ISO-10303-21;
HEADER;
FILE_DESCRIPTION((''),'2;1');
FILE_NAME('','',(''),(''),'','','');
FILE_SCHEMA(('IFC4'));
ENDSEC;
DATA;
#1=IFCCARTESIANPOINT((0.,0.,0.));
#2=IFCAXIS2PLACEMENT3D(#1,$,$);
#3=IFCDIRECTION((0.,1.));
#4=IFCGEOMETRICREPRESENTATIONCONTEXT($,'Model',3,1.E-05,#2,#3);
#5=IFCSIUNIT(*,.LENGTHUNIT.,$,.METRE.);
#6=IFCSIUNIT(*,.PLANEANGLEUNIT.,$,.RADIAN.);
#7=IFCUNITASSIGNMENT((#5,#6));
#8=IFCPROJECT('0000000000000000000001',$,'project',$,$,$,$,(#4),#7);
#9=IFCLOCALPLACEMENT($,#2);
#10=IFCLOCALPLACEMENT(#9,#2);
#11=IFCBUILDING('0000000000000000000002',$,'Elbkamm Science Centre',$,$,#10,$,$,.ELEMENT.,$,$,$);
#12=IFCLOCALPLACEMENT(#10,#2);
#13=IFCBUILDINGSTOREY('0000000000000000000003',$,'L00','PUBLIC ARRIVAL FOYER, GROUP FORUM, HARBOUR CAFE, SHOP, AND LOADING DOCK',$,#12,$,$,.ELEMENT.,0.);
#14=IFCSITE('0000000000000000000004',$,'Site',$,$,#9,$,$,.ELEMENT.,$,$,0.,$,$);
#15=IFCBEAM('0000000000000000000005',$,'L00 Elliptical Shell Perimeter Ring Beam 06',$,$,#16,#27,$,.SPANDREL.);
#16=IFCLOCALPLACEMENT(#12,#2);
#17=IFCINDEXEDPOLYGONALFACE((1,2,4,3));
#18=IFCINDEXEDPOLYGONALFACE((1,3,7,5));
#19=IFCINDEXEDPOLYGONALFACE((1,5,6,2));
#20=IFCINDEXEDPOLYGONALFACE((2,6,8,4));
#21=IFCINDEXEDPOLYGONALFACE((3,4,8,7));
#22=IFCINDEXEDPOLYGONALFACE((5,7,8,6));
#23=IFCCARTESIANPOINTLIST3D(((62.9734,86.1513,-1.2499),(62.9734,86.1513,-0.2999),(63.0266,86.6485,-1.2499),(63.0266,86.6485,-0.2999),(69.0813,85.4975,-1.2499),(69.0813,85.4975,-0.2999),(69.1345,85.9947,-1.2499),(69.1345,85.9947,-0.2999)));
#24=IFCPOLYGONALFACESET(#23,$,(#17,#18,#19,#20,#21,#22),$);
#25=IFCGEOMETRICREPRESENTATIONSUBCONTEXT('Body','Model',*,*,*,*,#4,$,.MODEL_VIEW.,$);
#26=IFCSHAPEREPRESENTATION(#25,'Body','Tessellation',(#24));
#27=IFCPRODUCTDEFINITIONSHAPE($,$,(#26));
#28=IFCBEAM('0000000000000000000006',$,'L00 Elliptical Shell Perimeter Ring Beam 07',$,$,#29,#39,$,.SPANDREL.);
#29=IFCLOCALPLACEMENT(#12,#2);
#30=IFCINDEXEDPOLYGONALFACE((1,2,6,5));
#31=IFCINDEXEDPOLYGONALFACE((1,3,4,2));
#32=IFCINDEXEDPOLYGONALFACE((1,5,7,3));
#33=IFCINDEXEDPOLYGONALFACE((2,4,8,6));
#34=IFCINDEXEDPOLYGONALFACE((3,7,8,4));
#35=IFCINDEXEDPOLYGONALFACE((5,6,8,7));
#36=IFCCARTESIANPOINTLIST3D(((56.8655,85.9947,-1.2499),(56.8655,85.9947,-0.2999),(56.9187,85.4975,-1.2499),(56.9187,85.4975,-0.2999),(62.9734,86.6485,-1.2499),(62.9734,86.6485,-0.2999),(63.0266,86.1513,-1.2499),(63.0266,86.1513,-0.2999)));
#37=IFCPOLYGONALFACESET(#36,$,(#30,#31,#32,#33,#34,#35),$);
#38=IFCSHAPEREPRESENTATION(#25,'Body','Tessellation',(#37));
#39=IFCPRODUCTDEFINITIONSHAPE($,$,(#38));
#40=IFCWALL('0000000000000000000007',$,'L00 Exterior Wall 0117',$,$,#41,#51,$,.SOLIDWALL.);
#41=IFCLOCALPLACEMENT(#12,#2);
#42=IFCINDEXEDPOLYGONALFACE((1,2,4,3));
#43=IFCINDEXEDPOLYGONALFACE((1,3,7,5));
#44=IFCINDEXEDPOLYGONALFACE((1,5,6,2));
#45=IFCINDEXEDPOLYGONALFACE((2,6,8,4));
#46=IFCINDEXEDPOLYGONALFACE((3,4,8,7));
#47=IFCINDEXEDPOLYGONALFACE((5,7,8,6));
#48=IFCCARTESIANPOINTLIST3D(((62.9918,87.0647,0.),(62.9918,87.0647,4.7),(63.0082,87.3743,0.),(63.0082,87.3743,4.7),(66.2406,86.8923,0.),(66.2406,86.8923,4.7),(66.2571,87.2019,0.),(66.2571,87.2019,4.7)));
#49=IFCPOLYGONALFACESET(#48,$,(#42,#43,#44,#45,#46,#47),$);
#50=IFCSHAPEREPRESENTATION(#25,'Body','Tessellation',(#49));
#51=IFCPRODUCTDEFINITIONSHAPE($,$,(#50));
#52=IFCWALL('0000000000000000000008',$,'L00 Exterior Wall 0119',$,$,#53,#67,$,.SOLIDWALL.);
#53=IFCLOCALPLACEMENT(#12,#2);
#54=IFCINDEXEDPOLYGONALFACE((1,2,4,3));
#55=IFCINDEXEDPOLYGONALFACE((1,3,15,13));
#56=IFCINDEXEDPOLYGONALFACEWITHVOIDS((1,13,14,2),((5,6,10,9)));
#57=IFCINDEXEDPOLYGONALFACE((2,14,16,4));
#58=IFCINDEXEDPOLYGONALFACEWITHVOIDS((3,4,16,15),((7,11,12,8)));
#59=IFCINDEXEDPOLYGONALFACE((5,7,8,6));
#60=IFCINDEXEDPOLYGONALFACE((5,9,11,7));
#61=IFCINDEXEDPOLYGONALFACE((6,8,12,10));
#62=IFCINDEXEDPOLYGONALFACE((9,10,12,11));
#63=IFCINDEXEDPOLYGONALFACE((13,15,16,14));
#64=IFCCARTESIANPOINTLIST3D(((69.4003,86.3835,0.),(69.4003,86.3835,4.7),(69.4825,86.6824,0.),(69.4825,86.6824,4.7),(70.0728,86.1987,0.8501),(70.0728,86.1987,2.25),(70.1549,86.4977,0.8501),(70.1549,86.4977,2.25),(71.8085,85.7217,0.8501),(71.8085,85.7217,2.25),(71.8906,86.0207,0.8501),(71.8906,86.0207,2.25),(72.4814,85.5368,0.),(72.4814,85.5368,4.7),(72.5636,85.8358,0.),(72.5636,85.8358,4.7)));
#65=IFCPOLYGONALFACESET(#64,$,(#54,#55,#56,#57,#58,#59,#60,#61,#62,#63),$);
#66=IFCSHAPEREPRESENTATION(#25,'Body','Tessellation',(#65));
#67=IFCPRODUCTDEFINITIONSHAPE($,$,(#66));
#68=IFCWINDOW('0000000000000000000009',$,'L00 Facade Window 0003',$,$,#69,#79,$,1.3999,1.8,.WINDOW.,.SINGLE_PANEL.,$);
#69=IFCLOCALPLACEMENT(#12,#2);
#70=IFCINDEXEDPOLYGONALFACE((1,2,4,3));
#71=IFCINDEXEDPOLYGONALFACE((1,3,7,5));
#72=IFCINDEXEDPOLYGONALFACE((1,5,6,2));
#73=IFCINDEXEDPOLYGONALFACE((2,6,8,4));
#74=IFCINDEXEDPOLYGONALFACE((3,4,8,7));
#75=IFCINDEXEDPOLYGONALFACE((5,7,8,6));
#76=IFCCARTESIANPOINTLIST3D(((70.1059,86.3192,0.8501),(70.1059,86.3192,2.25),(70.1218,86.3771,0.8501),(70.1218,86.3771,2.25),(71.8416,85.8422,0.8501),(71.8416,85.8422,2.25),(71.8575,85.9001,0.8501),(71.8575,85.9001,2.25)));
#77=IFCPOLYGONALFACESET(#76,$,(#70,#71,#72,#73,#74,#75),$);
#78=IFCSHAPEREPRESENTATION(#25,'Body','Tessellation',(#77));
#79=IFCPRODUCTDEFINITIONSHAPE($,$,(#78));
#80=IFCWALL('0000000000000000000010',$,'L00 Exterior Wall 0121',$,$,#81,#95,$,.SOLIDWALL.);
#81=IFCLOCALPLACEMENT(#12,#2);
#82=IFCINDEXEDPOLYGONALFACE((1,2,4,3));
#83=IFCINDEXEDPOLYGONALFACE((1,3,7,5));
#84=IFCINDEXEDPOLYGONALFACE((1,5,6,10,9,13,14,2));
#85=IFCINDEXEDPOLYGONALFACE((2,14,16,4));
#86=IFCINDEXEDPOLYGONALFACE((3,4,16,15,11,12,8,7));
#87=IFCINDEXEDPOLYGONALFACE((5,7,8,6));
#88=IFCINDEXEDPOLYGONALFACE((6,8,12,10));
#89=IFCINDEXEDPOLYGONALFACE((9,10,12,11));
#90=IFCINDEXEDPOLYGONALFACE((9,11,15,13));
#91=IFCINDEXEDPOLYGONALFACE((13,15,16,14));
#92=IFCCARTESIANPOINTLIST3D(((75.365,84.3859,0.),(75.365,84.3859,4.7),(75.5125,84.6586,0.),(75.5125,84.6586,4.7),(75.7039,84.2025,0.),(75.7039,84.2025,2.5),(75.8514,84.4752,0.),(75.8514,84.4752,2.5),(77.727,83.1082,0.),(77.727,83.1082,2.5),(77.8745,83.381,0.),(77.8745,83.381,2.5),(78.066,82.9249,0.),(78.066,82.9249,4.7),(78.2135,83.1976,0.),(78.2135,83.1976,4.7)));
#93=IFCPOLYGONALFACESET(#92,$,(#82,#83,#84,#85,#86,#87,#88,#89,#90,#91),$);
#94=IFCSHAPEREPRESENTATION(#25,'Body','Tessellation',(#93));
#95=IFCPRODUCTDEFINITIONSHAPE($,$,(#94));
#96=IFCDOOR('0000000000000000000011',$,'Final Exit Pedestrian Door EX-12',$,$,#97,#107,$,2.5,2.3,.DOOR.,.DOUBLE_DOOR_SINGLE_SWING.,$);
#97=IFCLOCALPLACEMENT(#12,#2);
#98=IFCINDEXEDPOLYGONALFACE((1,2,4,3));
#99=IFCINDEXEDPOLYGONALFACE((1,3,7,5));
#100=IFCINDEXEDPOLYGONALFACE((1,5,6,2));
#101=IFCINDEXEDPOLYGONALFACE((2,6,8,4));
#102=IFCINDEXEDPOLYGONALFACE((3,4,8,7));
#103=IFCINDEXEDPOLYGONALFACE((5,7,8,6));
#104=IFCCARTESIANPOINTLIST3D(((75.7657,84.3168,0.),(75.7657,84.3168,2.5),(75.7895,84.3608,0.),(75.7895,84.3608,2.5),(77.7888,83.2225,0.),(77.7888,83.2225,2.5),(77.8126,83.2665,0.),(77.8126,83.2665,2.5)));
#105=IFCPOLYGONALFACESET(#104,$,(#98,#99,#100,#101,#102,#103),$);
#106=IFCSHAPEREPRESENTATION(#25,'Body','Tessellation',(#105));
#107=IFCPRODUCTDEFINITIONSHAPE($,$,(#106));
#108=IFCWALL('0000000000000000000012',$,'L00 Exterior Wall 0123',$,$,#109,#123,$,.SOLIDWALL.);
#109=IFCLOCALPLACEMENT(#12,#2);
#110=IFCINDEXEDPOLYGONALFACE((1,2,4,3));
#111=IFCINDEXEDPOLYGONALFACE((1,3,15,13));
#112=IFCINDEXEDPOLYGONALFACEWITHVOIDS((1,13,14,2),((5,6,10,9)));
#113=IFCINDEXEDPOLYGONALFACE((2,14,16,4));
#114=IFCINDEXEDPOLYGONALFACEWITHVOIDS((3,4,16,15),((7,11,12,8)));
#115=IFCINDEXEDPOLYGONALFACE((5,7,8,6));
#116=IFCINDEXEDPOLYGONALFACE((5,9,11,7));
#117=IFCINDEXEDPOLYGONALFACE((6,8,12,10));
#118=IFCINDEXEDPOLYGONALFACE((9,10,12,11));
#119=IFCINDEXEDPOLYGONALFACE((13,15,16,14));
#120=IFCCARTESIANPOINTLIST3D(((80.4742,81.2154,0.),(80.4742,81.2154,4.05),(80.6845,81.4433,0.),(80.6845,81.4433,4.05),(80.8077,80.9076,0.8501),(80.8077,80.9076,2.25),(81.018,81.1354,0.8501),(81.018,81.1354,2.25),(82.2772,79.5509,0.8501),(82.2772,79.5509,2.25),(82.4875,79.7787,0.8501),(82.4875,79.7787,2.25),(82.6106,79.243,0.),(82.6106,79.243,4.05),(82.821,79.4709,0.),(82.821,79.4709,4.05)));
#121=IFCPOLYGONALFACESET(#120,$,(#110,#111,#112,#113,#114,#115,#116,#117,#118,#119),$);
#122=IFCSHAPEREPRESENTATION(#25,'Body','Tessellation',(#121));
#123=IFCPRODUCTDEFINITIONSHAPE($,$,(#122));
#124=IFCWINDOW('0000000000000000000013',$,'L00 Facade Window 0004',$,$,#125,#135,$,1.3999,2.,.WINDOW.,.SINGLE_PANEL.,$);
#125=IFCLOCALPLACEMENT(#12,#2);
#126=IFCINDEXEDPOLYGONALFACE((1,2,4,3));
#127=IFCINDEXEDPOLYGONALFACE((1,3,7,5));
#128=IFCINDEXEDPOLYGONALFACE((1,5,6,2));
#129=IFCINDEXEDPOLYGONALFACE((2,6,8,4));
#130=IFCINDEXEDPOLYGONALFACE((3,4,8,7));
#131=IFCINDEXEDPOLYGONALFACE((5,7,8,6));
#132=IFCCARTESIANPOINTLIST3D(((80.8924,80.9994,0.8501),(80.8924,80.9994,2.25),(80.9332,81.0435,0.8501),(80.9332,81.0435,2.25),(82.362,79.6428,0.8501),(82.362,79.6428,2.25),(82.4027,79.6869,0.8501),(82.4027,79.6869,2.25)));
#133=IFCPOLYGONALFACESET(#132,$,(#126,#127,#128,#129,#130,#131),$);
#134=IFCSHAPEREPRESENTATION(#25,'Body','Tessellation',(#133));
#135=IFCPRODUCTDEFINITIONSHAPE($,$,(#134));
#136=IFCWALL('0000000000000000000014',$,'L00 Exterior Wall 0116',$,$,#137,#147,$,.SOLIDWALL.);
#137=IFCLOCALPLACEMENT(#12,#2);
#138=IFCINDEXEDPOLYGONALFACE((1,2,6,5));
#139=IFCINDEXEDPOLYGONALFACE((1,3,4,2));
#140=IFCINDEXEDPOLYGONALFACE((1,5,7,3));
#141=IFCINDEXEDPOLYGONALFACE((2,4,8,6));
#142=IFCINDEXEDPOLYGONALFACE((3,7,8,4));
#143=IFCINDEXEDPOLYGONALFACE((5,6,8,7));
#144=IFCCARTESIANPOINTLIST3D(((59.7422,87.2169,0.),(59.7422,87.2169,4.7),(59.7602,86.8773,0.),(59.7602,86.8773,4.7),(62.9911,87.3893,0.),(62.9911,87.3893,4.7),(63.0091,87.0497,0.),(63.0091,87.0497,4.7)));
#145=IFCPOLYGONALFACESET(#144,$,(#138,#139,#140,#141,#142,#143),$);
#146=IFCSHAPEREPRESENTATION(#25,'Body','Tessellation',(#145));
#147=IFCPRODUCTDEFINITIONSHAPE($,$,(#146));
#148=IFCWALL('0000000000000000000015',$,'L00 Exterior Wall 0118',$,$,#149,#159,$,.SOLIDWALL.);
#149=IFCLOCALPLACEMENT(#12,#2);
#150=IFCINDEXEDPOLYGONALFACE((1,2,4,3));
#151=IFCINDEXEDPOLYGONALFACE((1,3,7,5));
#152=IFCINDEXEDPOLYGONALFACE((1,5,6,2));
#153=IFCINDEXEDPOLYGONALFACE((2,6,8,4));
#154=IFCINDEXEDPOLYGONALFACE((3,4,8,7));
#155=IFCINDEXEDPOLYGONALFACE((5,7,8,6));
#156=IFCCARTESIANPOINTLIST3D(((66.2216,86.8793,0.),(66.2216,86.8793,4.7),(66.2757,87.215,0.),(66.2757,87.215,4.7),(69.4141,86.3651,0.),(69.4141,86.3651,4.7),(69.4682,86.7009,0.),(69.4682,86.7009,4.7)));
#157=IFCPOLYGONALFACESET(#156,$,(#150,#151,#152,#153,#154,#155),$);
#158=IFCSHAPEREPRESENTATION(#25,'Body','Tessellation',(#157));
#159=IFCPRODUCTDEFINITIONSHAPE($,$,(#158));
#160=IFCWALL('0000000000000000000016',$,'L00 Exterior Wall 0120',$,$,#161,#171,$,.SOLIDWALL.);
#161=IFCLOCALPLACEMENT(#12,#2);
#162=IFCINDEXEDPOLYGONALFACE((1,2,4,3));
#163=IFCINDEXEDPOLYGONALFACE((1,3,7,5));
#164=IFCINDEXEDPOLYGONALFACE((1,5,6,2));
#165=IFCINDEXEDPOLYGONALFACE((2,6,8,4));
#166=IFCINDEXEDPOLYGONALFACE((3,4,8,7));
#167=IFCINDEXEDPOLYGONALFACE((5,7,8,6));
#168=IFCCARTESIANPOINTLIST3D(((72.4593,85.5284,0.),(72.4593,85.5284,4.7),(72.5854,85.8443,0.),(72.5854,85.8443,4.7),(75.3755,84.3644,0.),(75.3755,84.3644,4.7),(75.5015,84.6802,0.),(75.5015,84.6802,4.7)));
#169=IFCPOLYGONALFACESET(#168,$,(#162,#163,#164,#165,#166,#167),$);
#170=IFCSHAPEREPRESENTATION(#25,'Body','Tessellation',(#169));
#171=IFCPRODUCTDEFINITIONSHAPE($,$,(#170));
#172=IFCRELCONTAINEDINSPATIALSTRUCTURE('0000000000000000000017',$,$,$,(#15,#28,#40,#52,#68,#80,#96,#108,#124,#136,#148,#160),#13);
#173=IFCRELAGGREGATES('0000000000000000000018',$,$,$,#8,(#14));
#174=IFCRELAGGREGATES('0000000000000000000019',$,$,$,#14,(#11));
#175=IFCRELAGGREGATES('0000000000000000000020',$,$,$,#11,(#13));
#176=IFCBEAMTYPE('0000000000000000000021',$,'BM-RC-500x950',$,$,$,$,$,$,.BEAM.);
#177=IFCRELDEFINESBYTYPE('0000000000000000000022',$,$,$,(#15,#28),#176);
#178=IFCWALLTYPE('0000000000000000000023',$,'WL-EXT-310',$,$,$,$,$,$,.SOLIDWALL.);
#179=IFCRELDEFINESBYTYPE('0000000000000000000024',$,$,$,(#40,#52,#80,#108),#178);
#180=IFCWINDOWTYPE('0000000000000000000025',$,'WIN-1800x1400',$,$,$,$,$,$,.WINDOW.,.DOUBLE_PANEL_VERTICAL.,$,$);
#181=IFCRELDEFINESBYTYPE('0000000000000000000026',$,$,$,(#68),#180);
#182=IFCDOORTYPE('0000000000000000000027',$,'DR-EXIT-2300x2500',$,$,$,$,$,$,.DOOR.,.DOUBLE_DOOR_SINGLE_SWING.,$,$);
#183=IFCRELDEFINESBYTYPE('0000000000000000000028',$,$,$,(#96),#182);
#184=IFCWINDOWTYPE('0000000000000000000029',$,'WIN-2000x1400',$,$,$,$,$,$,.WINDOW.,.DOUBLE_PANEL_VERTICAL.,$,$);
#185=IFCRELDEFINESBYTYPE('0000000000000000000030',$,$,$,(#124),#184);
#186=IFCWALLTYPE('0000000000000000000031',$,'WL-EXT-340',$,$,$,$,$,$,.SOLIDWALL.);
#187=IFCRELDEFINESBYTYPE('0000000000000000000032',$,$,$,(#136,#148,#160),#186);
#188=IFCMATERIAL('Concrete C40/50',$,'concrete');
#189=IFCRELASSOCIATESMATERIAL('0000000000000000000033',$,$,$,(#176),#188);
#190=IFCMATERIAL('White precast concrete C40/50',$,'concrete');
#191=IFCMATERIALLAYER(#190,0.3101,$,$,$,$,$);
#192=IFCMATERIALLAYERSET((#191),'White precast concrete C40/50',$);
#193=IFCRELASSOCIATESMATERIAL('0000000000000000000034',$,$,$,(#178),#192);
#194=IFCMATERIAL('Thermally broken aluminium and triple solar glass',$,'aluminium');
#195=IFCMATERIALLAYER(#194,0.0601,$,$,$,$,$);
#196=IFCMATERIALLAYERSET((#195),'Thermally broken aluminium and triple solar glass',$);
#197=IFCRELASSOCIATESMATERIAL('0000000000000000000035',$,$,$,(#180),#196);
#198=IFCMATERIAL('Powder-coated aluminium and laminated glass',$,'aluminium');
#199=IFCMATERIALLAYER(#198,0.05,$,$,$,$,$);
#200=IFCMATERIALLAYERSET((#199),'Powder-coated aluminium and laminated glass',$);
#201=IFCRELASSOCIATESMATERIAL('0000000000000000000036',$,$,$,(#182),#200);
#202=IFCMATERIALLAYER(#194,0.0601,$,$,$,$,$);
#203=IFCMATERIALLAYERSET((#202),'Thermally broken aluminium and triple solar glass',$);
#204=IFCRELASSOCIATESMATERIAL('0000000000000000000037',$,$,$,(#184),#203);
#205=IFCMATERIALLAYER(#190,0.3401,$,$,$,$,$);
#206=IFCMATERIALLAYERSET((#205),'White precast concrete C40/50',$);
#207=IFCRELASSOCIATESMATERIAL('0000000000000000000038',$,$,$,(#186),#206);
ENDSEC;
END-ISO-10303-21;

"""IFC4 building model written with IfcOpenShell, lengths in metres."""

from ifc_helpers import new_model, si_unit, direction, frame, frame_2d, origin, origin_2d, place, context, subcontext, project, spatial, rectangle, extrude, material, layer, layer_set, material_profile, profile_set, type_object, element, fill, save


model = new_model("IFC4")

# Units and contexts
model_context = context("Model", 3, precision=1e-05, world=origin(), true_north=direction((0.0, 1.0)))
body_context = subcontext(model_context, "Body", "Model", "MODEL_VIEW")
ifc_project = project(units=[si_unit("LENGTHUNIT", "METRE"), si_unit("PLANEANGLEUNIT", "RADIAN")], contexts=[model_context])

# Site, building, storey
site_placement = place(None, origin())
site = spatial("IfcSite", under=ifc_project, at=site_placement, Name="Site", CompositionType="ELEMENT", RefElevation=0.0)
building_placement = place(site_placement, origin())
building = spatial("IfcBuilding", under=site, at=building_placement, Name="Elbkamm Science Centre", CompositionType="ELEMENT")
storey_placement = place(building_placement, origin())
storey = spatial("IfcBuildingStorey", under=building, at=storey_placement, Name="L00", Description="PUBLIC ARRIVAL FOYER, GROUP FORUM, HARBOUR CAFE, SHOP, AND LOADING DOCK", CompositionType="ELEMENT", Elevation=0.0)

# Shared definitions
ifc_material_1 = material(Name="Concrete C40/50", Category="concrete")

# Beams
ifc_material_profile_1 = material_profile(ifc_material_1, rectangle(XDim=0.5, YDim=0.95, at=origin_2d()), Name="RC 500x950")
ifc_profile_set_1 = profile_set([ifc_material_profile_1], Name="Concrete C40/50")
beam_type_1 = type_object("IfcBeamType", Name="BM-RC-500x950", PredefinedType="BEAM", material=ifc_profile_set_1)
for number, where, z_axis, x_axis, name in (
    (1, (69.1079, 85.7461, -0.7749), (-0.99432, 0.106435, 0.0), (-0.106435, -0.99432, 0.0), "L00 Elliptical Shell Perimeter Ring Beam 06"),
    (2, (63.0, 86.3999, -0.7749), (-0.99432, -0.106435, 0.0), (0.106435, -0.99432, 0.0), "L00 Elliptical Shell Perimeter Ring Beam 07"),
):
    element("IfcBeam", number, at=place(storey_placement, frame(where, z_axis=z_axis, x_axis=x_axis)), inside=storey, type_object=beam_type_1, Name=name, PredefinedType="SPANDREL", context=body_context, shape_type="SweptSolid", body=[
        extrude(rectangle(XDim=0.5, YDim=0.95, at=origin_2d()), origin(), (0.0, 0.0, 1.0), 6.1428),
    ])

# Wall
ifc_material_2 = material(Name="White precast concrete C40/50", Category="concrete")
ifc_layer_1 = layer(ifc_material_2, 0.3101)
ifc_layer_set_1 = layer_set([ifc_layer_1], Name="White precast concrete C40/50")
wall_type_1 = type_object("IfcWallType", Name="WL-EXT-310", PredefinedType="SOLIDWALL", material=ifc_layer_set_1)
wall_1_placement = place(storey_placement, frame((63.0, 87.2195, 0.0), z_axis=(0.0, 0.0, 1.0), x_axis=(0.998596, -0.05298, 0.0)))
element("IfcWall", 3, at=wall_1_placement, inside=storey, type_object=wall_type_1, Name="L00 Exterior Wall 0117", PredefinedType="SOLIDWALL", context=body_context, shape_type="SweptSolid", body=[
    extrude(rectangle(XDim=3.2534, YDim=0.3101, at=frame_2d((1.6267, 0.0))), origin(), (0.0, 0.0, 1.0), 4.7),
])

# Wall, opening, window
wall_2_placement = place(storey_placement, frame((69.4414, 86.533, 0.0), z_axis=(0.0, 0.0, 1.0), x_axis=(0.964254, -0.264979, 0.0)))
wall_2 = element("IfcWall", 4, at=wall_2_placement, inside=storey, type_object=wall_type_1, Name="L00 Exterior Wall 0119", PredefinedType="SOLIDWALL", context=body_context, shape_type="SweptSolid", body=[
    extrude(rectangle(XDim=3.1953, YDim=0.3101, at=frame_2d((1.5977, 0.0))), origin(), (0.0, 0.0, 1.0), 4.7),
])
opening_1_placement = place(wall_2_placement, frame((0.6975, 0.0, 0.8501)))
opening_1 = element("IfcOpeningElement", 5, at=opening_1_placement, cuts=wall_2, PredefinedType="OPENING", context=body_context, shape_type="SweptSolid", body=[
    extrude(rectangle(XDim=1.8, YDim=1.3999, at=frame_2d((0.8999, 0.7))), frame((0.0, 0.167, 0.0), z_axis=(0.0, -1.0, 0.0), x_axis=(1.0, 0.0, 0.0)), (0.0, 0.0, 1.0), 0.334),
])
ifc_material_3 = material(Name="Thermally broken aluminium and triple solar glass", Category="aluminium")
ifc_layer_2 = layer(ifc_material_3, 0.0601)
ifc_layer_set_2 = layer_set([ifc_layer_2], Name="Thermally broken aluminium and triple solar glass")
window_type_1 = type_object("IfcWindowType", Name="WIN-1800x1400", PartitioningType="DOUBLE_PANEL_VERTICAL", PredefinedType="WINDOW", material=ifc_layer_set_2)
window_1_placement = place(opening_1_placement, origin())
window_1 = element("IfcWindow", 6, at=window_1_placement, inside=storey, type_object=window_type_1, Name="L00 Facade Window 0003", OverallHeight=1.3999, OverallWidth=1.8, PartitioningType="SINGLE_PANEL", PredefinedType="WINDOW", context=body_context, shape_type="SweptSolid", body=[
    extrude(rectangle(XDim=1.8, YDim=1.3999, at=frame_2d((0.8999, 0.7))), frame((0.0, 0.03, 0.0), z_axis=(0.0, -1.0, 0.0), x_axis=(1.0, 0.0, 0.0)), (0.0, 0.0, 1.0), 0.0601),
])
fill(opening_1, window_1)

# Wall, opening, door
wall_3_placement = place(storey_placement, frame((75.4387, 84.5222, 0.0), z_axis=(0.0, 0.0, 1.0), x_axis=(0.879573, -0.475763, 0.0)))
wall_3 = element("IfcWall", 7, at=wall_3_placement, inside=storey, type_object=wall_type_1, Name="L00 Exterior Wall 0121", PredefinedType="SOLIDWALL", context=body_context, shape_type="SweptSolid", body=[
    extrude(rectangle(XDim=3.0708, YDim=0.3101, at=frame_2d((1.5354, 0.0))), origin(), (0.0, 0.0, 1.0), 4.7),
])
opening_2_placement = place(wall_3_placement, frame((0.3855, 0.0, 0.0)))
opening_2 = element("IfcOpeningElement", 8, at=opening_2_placement, cuts=wall_3, PredefinedType="OPENING", context=body_context, shape_type="SweptSolid", body=[
    extrude(rectangle(XDim=2.3, YDim=2.5, at=frame_2d((1.1499, 1.25))), frame((0.0, 0.167, 0.0), z_axis=(0.0, -1.0, 0.0), x_axis=(1.0, 0.0, 0.0)), (0.0, 0.0, 1.0), 0.334),
])
ifc_material_4 = material(Name="Powder-coated aluminium and laminated glass", Category="aluminium")
ifc_layer_3 = layer(ifc_material_4, 0.05)
ifc_layer_set_3 = layer_set([ifc_layer_3], Name="Powder-coated aluminium and laminated glass")
door_type = type_object("IfcDoorType", Name="DR-EXIT-2300x2500", OperationType="DOUBLE_DOOR_SINGLE_SWING", PredefinedType="DOOR", material=ifc_layer_set_3)
door_placement = place(opening_2_placement, origin())
door = element("IfcDoor", 9, at=door_placement, inside=storey, type_object=door_type, Name="Final Exit Pedestrian Door EX-12", OperationType="DOUBLE_DOOR_SINGLE_SWING", OverallHeight=2.5, OverallWidth=2.3, PredefinedType="DOOR", context=body_context, shape_type="SweptSolid", body=[
    extrude(rectangle(XDim=2.3, YDim=2.5, at=frame_2d((1.1499, 1.25))), frame((0.0, 0.0249, 0.0), z_axis=(0.0, -1.0, 0.0), x_axis=(1.0, 0.0, 0.0)), (0.0, 0.0, 1.0), 0.05),
])
fill(opening_2, door)

# Wall, opening, window
wall_4_placement = place(storey_placement, frame((80.5793, 81.3293, 0.0), z_axis=(0.0, 0.0, 1.0), x_axis=(0.734755, -0.678332, 0.0)))
wall_4 = element("IfcWall", 10, at=wall_4_placement, inside=storey, type_object=wall_type_1, Name="L00 Exterior Wall 0123", PredefinedType="SOLIDWALL", context=body_context, shape_type="SweptSolid", body=[
    extrude(rectangle(XDim=2.9077, YDim=0.3101, at=frame_2d((1.4539, 0.0))), origin(), (0.0, 0.0, 1.0), 4.05),
])
opening_3_placement = place(wall_4_placement, frame((0.4539, 0.0, 0.8501)))
opening_3 = element("IfcOpeningElement", 11, at=opening_3_placement, cuts=wall_4, PredefinedType="OPENING", context=body_context, shape_type="SweptSolid", body=[
    extrude(rectangle(XDim=2.0, YDim=1.3999, at=frame_2d((1.0, 0.7))), frame((0.0, 0.167, 0.0), z_axis=(0.0, -1.0, 0.0), x_axis=(1.0, 0.0, 0.0)), (0.0, 0.0, 1.0), 0.334),
])
ifc_layer_4 = layer(ifc_material_3, 0.0601)
ifc_layer_set_4 = layer_set([ifc_layer_4], Name="Thermally broken aluminium and triple solar glass")
window_type_2 = type_object("IfcWindowType", Name="WIN-2000x1400", PartitioningType="DOUBLE_PANEL_VERTICAL", PredefinedType="WINDOW", material=ifc_layer_set_4)
window_2_placement = place(opening_3_placement, origin())
window_2 = element("IfcWindow", 12, at=window_2_placement, inside=storey, type_object=window_type_2, Name="L00 Facade Window 0004", OverallHeight=1.3999, OverallWidth=2.0, PartitioningType="SINGLE_PANEL", PredefinedType="WINDOW", context=body_context, shape_type="SweptSolid", body=[
    extrude(rectangle(XDim=2.0, YDim=1.3999, at=frame_2d((1.0, 0.7))), frame((0.0, 0.03, 0.0), z_axis=(0.0, -1.0, 0.0), x_axis=(1.0, 0.0, 0.0)), (0.0, 0.0, 1.0), 0.0601),
])
fill(opening_3, window_2)

# Walls
ifc_layer_5 = layer(ifc_material_2, 0.3401)
ifc_layer_set_5 = layer_set([ifc_layer_5], Name="White precast concrete C40/50")
wall_type_2 = type_object("IfcWallType", Name="WL-EXT-340", PredefinedType="SOLIDWALL", material=ifc_layer_set_5)
wall_5_placement = place(storey_placement, frame((59.7512, 87.0471, 0.0), z_axis=(0.0, 0.0, 1.0), x_axis=(0.998596, 0.05298, 0.0)))
element("IfcWall", 13, at=wall_5_placement, inside=storey, type_object=wall_type_2, Name="L00 Exterior Wall 0116", PredefinedType="SOLIDWALL", context=body_context, shape_type="SweptSolid", body=[
    extrude(rectangle(XDim=3.2534, YDim=0.3401, at=frame_2d((1.6267, 0.0))), origin(), (0.0, 0.0, 1.0), 4.7),
])
wall_6_placement = place(storey_placement, frame((66.2488, 87.0471, 0.0), z_axis=(0.0, 0.0, 1.0), x_axis=(0.987279, -0.158997, 0.0)))
element("IfcWall", 14, at=wall_6_placement, inside=storey, type_object=wall_type_2, Name="L00 Exterior Wall 0118", PredefinedType="SOLIDWALL", context=body_context, shape_type="SweptSolid", body=[
    extrude(rectangle(XDim=3.2336, YDim=0.3401, at=frame_2d((1.6167, 0.0))), origin(), (0.0, 0.0, 1.0), 4.7),
])
wall_7_placement = place(storey_placement, frame((72.5225, 85.6863, 0.0), z_axis=(0.0, 0.0, 1.0), x_axis=(0.928745, -0.37072, 0.0)))
element("IfcWall", 15, at=wall_7_placement, inside=storey, type_object=wall_type_2, Name="L00 Exterior Wall 0120", PredefinedType="SOLIDWALL", context=body_context, shape_type="SweptSolid", body=[
    extrude(rectangle(XDim=3.1399, YDim=0.3401, at=frame_2d((1.5698, 0.0))), origin(), (0.0, 0.0, 1.0), 4.7),
])

save(model, "model.ifc")
